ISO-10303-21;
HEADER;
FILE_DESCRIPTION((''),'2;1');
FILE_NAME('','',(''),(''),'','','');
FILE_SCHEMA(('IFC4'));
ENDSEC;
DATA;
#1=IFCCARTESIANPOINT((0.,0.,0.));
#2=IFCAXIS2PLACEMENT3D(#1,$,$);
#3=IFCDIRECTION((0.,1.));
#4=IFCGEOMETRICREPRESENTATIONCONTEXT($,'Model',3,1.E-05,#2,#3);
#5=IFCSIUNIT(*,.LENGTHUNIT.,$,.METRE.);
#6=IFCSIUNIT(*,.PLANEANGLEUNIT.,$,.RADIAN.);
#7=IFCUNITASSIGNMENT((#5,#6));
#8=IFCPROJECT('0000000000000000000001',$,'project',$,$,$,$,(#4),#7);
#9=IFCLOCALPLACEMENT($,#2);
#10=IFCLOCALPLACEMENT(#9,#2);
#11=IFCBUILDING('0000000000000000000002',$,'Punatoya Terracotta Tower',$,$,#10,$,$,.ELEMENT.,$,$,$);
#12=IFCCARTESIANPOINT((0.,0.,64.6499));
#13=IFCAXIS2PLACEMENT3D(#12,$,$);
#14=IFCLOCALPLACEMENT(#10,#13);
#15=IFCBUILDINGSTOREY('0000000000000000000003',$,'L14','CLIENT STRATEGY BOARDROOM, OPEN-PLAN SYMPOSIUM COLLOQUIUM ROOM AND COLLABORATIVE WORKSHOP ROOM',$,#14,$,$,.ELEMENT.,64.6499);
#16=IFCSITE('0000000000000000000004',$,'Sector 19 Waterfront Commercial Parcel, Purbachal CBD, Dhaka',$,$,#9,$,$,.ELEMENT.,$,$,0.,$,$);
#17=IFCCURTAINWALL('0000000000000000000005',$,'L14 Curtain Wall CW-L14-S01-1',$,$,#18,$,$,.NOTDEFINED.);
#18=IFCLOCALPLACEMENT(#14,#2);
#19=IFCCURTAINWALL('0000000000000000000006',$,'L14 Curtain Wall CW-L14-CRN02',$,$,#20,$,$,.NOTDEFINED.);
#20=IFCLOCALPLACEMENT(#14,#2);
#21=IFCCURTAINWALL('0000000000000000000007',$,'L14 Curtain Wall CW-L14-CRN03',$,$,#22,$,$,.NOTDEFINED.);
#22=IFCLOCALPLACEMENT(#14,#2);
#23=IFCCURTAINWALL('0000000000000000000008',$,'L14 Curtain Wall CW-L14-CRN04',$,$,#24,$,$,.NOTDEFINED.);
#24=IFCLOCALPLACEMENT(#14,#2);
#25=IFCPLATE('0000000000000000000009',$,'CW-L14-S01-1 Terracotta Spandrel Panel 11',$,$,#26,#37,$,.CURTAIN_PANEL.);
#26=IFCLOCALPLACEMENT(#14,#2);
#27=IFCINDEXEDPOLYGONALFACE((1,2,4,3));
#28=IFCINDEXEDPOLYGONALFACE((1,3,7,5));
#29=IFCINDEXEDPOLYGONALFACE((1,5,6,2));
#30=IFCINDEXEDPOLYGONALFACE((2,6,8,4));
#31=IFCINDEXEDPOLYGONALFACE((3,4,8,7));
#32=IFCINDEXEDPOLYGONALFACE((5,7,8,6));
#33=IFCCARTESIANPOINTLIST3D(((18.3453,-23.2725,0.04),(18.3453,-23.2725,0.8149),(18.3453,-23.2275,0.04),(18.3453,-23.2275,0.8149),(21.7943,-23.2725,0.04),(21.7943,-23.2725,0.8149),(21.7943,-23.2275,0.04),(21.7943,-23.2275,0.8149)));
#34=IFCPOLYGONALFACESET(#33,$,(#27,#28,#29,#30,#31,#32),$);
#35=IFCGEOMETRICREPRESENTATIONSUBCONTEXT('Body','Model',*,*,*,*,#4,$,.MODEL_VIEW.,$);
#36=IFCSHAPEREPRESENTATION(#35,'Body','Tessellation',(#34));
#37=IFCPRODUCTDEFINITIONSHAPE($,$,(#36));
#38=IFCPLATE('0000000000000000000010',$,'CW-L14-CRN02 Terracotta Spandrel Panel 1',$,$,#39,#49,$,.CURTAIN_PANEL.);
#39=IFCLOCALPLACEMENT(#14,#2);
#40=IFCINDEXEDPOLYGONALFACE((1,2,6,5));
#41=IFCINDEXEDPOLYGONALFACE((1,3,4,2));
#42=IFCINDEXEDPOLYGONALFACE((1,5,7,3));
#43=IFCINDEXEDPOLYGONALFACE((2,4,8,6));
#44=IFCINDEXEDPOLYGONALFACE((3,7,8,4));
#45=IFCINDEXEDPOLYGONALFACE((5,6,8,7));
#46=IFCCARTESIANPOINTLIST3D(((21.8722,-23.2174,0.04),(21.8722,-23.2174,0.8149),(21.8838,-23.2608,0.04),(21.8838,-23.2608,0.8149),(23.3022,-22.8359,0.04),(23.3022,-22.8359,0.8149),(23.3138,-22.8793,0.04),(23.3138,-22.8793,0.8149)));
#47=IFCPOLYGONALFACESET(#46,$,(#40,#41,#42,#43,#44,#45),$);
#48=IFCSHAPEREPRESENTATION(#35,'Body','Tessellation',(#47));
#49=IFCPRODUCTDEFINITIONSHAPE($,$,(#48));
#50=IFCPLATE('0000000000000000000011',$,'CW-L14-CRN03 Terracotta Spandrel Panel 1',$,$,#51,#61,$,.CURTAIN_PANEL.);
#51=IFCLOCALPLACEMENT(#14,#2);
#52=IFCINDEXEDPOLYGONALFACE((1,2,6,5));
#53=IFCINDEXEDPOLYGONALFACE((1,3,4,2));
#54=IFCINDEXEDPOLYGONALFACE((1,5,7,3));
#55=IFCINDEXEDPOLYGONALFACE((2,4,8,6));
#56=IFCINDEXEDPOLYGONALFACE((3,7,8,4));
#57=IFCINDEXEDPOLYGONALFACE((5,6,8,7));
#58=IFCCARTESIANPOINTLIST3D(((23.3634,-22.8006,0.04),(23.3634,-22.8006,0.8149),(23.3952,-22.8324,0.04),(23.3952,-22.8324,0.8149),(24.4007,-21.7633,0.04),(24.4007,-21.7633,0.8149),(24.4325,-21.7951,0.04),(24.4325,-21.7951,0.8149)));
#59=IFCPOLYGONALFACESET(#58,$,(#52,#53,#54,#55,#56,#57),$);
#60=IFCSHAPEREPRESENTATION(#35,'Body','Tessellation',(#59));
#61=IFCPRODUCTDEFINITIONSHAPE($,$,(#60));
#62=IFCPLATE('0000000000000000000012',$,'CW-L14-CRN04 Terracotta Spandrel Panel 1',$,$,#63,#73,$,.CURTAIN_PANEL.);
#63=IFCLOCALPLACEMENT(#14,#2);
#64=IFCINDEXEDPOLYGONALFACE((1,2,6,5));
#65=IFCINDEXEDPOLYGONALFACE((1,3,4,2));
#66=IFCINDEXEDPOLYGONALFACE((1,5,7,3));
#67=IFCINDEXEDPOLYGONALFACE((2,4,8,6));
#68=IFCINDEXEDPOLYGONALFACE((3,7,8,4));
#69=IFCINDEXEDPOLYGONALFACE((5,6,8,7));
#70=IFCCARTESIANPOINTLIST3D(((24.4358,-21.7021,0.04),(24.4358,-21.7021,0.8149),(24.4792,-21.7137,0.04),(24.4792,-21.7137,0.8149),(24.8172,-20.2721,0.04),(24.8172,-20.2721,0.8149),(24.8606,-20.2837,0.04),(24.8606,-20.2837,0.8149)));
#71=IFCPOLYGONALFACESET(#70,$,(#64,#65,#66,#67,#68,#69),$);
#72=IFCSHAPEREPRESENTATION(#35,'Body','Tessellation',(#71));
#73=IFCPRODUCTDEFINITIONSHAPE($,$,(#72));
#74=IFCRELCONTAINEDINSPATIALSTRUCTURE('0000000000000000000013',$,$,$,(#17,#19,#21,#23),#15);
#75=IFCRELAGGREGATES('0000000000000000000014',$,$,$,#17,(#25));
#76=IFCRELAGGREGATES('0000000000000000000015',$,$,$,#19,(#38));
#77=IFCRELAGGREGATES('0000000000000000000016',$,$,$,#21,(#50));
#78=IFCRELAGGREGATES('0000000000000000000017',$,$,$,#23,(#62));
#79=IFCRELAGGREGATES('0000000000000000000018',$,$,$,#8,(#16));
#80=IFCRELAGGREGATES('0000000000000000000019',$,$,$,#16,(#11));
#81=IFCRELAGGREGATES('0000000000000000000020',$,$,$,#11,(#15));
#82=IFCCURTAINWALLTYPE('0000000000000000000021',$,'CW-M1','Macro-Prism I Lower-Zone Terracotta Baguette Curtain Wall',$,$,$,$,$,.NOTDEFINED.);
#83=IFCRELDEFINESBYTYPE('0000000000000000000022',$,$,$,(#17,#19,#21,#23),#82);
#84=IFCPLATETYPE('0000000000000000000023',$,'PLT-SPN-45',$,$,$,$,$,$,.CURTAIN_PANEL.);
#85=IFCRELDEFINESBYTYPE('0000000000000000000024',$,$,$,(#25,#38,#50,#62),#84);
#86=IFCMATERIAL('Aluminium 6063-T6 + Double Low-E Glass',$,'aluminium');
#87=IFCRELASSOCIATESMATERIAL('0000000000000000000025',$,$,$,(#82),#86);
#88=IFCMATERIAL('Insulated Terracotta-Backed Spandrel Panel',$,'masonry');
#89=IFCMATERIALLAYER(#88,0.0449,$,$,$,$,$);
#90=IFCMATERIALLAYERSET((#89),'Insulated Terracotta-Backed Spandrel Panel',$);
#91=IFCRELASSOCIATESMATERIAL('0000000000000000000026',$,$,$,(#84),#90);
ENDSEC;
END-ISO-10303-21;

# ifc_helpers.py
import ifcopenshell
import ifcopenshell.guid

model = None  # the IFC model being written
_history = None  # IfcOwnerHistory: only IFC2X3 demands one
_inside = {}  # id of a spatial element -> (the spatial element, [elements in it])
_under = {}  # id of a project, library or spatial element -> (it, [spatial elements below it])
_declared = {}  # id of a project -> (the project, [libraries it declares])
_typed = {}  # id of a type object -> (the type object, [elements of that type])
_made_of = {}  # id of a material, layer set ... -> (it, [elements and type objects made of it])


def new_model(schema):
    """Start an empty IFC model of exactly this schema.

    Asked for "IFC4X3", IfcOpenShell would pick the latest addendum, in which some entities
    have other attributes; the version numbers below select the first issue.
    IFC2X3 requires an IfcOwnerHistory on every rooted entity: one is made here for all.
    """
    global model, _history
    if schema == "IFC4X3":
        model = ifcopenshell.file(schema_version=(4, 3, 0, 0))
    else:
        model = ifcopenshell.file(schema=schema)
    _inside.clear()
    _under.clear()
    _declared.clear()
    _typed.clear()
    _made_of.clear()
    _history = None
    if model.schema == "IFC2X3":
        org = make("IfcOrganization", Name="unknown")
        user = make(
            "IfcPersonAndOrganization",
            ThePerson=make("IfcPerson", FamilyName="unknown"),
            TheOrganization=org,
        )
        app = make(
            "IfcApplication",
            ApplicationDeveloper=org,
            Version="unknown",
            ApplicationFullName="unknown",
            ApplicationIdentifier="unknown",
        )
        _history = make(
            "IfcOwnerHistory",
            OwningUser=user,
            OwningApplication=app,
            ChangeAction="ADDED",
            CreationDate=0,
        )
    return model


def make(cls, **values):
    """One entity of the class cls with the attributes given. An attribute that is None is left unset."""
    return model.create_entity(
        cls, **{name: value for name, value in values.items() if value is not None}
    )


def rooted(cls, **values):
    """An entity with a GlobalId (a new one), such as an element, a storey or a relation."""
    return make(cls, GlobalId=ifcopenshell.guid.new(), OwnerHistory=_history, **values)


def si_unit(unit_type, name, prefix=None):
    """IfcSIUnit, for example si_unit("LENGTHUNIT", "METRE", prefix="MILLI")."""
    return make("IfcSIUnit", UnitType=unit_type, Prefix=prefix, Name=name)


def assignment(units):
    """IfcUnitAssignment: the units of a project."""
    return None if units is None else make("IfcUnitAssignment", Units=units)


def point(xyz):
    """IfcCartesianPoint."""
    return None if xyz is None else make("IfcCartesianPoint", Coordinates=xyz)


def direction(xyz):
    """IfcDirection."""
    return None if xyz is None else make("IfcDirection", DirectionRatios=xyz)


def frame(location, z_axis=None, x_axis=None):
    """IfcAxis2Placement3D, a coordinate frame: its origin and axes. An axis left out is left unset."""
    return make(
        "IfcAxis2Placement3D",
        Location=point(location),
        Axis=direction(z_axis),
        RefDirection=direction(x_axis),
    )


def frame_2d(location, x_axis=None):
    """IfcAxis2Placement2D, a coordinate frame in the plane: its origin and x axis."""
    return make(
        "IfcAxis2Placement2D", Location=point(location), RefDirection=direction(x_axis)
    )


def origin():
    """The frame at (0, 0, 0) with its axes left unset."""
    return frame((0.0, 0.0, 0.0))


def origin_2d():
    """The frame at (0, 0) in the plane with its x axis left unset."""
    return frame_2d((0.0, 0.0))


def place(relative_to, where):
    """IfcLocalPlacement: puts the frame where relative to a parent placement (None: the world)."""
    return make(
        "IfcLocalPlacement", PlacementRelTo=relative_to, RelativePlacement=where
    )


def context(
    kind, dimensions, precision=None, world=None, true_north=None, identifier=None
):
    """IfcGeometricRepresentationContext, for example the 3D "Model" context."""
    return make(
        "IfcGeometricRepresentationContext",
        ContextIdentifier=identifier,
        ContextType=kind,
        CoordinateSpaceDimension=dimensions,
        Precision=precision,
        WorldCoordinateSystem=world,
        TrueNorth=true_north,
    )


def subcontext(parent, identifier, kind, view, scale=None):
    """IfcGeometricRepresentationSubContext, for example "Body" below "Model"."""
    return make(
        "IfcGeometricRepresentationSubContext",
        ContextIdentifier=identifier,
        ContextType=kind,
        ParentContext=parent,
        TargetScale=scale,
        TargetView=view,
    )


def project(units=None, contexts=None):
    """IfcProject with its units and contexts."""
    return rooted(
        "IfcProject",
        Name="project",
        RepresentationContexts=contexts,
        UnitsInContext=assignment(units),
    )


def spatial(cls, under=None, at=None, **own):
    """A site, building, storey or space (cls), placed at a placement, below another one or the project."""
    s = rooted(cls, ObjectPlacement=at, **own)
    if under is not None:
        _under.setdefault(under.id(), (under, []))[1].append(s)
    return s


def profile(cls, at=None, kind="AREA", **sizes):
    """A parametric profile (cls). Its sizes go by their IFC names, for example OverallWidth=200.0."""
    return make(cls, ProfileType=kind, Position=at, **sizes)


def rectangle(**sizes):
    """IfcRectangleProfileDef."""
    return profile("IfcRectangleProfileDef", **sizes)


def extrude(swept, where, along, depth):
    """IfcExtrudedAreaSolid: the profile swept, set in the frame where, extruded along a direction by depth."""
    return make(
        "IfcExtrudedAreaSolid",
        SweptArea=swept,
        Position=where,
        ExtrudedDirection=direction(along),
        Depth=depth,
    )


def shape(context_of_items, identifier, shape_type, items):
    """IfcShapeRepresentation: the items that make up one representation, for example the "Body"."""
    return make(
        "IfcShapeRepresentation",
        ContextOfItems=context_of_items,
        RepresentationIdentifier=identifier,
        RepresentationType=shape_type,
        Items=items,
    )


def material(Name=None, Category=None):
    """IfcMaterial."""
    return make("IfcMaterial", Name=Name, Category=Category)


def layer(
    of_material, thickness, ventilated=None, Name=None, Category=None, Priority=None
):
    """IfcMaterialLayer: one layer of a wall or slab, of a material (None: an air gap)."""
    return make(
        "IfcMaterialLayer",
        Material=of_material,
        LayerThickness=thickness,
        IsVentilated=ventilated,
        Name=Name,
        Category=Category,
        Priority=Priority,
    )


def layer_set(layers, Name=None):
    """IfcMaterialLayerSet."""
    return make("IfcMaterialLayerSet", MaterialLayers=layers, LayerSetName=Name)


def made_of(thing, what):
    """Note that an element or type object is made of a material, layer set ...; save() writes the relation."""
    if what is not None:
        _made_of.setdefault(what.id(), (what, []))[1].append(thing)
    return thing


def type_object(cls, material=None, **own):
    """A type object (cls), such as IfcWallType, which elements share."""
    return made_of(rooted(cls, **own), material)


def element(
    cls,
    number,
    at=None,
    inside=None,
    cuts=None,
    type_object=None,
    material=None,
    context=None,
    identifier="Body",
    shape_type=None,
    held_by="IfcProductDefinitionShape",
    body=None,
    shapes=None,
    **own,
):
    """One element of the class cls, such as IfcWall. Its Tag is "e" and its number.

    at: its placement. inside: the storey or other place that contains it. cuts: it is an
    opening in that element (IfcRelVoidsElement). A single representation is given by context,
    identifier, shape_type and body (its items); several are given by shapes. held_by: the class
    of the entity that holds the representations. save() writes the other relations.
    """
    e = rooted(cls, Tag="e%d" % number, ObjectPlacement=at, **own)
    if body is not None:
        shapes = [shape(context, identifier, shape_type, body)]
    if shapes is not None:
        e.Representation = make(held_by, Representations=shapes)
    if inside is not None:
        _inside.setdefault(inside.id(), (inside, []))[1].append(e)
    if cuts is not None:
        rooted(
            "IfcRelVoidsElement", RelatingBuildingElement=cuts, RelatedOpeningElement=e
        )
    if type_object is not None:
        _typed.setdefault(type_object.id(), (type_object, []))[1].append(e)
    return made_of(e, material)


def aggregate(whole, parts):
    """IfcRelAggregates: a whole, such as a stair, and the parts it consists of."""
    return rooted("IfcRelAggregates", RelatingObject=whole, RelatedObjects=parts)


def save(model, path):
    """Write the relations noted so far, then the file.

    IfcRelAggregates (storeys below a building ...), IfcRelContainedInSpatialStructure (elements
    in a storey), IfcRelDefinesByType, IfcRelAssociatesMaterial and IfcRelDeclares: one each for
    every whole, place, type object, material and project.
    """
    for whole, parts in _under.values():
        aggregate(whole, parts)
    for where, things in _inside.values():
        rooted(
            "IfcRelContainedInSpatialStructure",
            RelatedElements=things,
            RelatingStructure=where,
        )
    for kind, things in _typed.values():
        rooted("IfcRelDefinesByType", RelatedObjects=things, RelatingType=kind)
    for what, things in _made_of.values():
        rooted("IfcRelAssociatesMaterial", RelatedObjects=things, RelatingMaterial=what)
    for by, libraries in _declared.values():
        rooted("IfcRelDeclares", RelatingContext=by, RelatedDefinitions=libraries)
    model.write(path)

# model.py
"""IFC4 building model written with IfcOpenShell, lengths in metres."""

from ifc_helpers import new_model, si_unit, direction, frame, origin, origin_2d, place, context, subcontext, project, spatial, rectangle, extrude, material, layer, layer_set, type_object, element, aggregate, save


model = new_model("IFC4")

# Units and contexts
model_context = context("Model", 3, precision=1e-05, world=origin(), true_north=direction((0.0, 1.0)))
body_context = subcontext(model_context, "Body", "Model", "MODEL_VIEW")
ifc_project = project(units=[si_unit("LENGTHUNIT", "METRE"), si_unit("PLANEANGLEUNIT", "RADIAN")], contexts=[model_context])

# Site, building, storey
site_placement = place(None, origin())
site = spatial("IfcSite", under=ifc_project, at=site_placement, Name="Sector 19 Waterfront Commercial Parcel, Purbachal CBD, Dhaka", CompositionType="ELEMENT", RefElevation=0.0)
building_placement = place(site_placement, origin())
building = spatial("IfcBuilding", under=site, at=building_placement, Name="Punatoya Terracotta Tower", CompositionType="ELEMENT")
storey_placement = place(building_placement, frame((0.0, 0.0, 64.6499)))
storey = spatial("IfcBuildingStorey", under=building, at=storey_placement, Name="L14", Description="CLIENT STRATEGY BOARDROOM, OPEN-PLAN SYMPOSIUM COLLOQUIUM ROOM AND COLLABORATIVE WORKSHOP ROOM", CompositionType="ELEMENT", Elevation=64.6499)

# Curtain wall
ifc_material_1 = material(Name="Aluminium 6063-T6 + Double Low-E Glass", Category="aluminium")
curtain_wall_type = type_object("IfcCurtainWallType", Name="CW-M1", Description="Macro-Prism I Lower-Zone Terracotta Baguette Curtain Wall", PredefinedType="NOTDEFINED", material=ifc_material_1)
curtain_wall_1_placement = place(storey_placement, origin())
curtain_wall_1 = element("IfcCurtainWall", 1, at=curtain_wall_1_placement, inside=storey, type_object=curtain_wall_type, Name="L14 Curtain Wall CW-L14-S01-1", PredefinedType="NOTDEFINED")

# Curtain walls
curtain_wall_2_placement = place(storey_placement, origin())
curtain_wall_2 = element("IfcCurtainWall", 2, at=curtain_wall_2_placement, inside=storey, type_object=curtain_wall_type, Name="L14 Curtain Wall CW-L14-CRN02", PredefinedType="NOTDEFINED")
curtain_wall_3_placement = place(storey_placement, origin())
curtain_wall_3 = element("IfcCurtainWall", 3, at=curtain_wall_3_placement, inside=storey, type_object=curtain_wall_type, Name="L14 Curtain Wall CW-L14-CRN03", PredefinedType="NOTDEFINED")
curtain_wall_4_placement = place(storey_placement, origin())
curtain_wall_4 = element("IfcCurtainWall", 4, at=curtain_wall_4_placement, inside=storey, type_object=curtain_wall_type, Name="L14 Curtain Wall CW-L14-CRN04", PredefinedType="NOTDEFINED")

# Plates
ifc_material_2 = material(Name="Insulated Terracotta-Backed Spandrel Panel", Category="masonry")
ifc_layer_1 = layer(ifc_material_2, 0.0449)
ifc_layer_set_1 = layer_set([ifc_layer_1], Name="Insulated Terracotta-Backed Spandrel Panel")
plate_type_1 = type_object("IfcPlateType", Name="PLT-SPN-45", PredefinedType="CURTAIN_PANEL", material=ifc_layer_set_1)
plate_1_placement = place(storey_placement, frame((20.0698, -23.25, 0.04), z_axis=(0.0, 0.0, 1.0), x_axis=(1.0, 0.0, 0.0)))
plate_1 = element("IfcPlate", 5, at=plate_1_placement, type_object=plate_type_1, Name="CW-L14-S01-1 Terracotta Spandrel Panel 11", PredefinedType="CURTAIN_PANEL", context=body_context, shape_type="SweptSolid", body=[
    extrude(rectangle(XDim=3.449, YDim=0.0449, at=origin_2d()), origin(), (0.0, 0.0, 1.0), 0.7749),
])
aggregate(curtain_wall_1, [plate_1])
plate_2_placement = place(storey_placement, frame((22.593, -23.0483, 0.04), z_axis=(0.0, 0.0, 1.0), x_axis=(0.966214, 0.257742, 0.0)))
plate_2 = element("IfcPlate", 6, at=plate_2_placement, type_object=plate_type_1, Name="CW-L14-CRN02 Terracotta Spandrel Panel 1", PredefinedType="CURTAIN_PANEL", context=body_context, shape_type="SweptSolid", body=[
    extrude(rectangle(XDim=1.48, YDim=0.0449, at=origin_2d()), origin(), (0.0, 0.0, 1.0), 0.7749),
])
aggregate(curtain_wall_2, [plate_2])
plate_3_placement = place(storey_placement, frame((23.8979, -22.2979, 0.04), z_axis=(0.0, 0.0, 1.0), x_axis=(0.707107, 0.707107, 0.0)))
plate_3 = element("IfcPlate", 7, at=plate_3_placement, type_object=plate_type_1, Name="CW-L14-CRN03 Terracotta Spandrel Panel 1", PredefinedType="CURTAIN_PANEL", context=body_context, shape_type="SweptSolid", body=[
    extrude(rectangle(XDim=1.467, YDim=0.0449, at=origin_2d()), origin(), (0.0, 0.0, 1.0), 0.7749),
])
aggregate(curtain_wall_3, [plate_3])
plate_4_placement = place(storey_placement, frame((24.6482, -20.9929, 0.04), z_axis=(0.0, 0.0, 1.0), x_axis=(0.257742, 0.966214, 0.0)))
plate_4 = element("IfcPlate", 8, at=plate_4_placement, type_object=plate_type_1, Name="CW-L14-CRN04 Terracotta Spandrel Panel 1", PredefinedType="CURTAIN_PANEL", context=body_context, shape_type="SweptSolid", body=[
    extrude(rectangle(XDim=1.48, YDim=0.0449, at=origin_2d()), origin(), (0.0, 0.0, 1.0), 0.7749),
])
aggregate(curtain_wall_4, [plate_4])

save(model, "model.ifc")
